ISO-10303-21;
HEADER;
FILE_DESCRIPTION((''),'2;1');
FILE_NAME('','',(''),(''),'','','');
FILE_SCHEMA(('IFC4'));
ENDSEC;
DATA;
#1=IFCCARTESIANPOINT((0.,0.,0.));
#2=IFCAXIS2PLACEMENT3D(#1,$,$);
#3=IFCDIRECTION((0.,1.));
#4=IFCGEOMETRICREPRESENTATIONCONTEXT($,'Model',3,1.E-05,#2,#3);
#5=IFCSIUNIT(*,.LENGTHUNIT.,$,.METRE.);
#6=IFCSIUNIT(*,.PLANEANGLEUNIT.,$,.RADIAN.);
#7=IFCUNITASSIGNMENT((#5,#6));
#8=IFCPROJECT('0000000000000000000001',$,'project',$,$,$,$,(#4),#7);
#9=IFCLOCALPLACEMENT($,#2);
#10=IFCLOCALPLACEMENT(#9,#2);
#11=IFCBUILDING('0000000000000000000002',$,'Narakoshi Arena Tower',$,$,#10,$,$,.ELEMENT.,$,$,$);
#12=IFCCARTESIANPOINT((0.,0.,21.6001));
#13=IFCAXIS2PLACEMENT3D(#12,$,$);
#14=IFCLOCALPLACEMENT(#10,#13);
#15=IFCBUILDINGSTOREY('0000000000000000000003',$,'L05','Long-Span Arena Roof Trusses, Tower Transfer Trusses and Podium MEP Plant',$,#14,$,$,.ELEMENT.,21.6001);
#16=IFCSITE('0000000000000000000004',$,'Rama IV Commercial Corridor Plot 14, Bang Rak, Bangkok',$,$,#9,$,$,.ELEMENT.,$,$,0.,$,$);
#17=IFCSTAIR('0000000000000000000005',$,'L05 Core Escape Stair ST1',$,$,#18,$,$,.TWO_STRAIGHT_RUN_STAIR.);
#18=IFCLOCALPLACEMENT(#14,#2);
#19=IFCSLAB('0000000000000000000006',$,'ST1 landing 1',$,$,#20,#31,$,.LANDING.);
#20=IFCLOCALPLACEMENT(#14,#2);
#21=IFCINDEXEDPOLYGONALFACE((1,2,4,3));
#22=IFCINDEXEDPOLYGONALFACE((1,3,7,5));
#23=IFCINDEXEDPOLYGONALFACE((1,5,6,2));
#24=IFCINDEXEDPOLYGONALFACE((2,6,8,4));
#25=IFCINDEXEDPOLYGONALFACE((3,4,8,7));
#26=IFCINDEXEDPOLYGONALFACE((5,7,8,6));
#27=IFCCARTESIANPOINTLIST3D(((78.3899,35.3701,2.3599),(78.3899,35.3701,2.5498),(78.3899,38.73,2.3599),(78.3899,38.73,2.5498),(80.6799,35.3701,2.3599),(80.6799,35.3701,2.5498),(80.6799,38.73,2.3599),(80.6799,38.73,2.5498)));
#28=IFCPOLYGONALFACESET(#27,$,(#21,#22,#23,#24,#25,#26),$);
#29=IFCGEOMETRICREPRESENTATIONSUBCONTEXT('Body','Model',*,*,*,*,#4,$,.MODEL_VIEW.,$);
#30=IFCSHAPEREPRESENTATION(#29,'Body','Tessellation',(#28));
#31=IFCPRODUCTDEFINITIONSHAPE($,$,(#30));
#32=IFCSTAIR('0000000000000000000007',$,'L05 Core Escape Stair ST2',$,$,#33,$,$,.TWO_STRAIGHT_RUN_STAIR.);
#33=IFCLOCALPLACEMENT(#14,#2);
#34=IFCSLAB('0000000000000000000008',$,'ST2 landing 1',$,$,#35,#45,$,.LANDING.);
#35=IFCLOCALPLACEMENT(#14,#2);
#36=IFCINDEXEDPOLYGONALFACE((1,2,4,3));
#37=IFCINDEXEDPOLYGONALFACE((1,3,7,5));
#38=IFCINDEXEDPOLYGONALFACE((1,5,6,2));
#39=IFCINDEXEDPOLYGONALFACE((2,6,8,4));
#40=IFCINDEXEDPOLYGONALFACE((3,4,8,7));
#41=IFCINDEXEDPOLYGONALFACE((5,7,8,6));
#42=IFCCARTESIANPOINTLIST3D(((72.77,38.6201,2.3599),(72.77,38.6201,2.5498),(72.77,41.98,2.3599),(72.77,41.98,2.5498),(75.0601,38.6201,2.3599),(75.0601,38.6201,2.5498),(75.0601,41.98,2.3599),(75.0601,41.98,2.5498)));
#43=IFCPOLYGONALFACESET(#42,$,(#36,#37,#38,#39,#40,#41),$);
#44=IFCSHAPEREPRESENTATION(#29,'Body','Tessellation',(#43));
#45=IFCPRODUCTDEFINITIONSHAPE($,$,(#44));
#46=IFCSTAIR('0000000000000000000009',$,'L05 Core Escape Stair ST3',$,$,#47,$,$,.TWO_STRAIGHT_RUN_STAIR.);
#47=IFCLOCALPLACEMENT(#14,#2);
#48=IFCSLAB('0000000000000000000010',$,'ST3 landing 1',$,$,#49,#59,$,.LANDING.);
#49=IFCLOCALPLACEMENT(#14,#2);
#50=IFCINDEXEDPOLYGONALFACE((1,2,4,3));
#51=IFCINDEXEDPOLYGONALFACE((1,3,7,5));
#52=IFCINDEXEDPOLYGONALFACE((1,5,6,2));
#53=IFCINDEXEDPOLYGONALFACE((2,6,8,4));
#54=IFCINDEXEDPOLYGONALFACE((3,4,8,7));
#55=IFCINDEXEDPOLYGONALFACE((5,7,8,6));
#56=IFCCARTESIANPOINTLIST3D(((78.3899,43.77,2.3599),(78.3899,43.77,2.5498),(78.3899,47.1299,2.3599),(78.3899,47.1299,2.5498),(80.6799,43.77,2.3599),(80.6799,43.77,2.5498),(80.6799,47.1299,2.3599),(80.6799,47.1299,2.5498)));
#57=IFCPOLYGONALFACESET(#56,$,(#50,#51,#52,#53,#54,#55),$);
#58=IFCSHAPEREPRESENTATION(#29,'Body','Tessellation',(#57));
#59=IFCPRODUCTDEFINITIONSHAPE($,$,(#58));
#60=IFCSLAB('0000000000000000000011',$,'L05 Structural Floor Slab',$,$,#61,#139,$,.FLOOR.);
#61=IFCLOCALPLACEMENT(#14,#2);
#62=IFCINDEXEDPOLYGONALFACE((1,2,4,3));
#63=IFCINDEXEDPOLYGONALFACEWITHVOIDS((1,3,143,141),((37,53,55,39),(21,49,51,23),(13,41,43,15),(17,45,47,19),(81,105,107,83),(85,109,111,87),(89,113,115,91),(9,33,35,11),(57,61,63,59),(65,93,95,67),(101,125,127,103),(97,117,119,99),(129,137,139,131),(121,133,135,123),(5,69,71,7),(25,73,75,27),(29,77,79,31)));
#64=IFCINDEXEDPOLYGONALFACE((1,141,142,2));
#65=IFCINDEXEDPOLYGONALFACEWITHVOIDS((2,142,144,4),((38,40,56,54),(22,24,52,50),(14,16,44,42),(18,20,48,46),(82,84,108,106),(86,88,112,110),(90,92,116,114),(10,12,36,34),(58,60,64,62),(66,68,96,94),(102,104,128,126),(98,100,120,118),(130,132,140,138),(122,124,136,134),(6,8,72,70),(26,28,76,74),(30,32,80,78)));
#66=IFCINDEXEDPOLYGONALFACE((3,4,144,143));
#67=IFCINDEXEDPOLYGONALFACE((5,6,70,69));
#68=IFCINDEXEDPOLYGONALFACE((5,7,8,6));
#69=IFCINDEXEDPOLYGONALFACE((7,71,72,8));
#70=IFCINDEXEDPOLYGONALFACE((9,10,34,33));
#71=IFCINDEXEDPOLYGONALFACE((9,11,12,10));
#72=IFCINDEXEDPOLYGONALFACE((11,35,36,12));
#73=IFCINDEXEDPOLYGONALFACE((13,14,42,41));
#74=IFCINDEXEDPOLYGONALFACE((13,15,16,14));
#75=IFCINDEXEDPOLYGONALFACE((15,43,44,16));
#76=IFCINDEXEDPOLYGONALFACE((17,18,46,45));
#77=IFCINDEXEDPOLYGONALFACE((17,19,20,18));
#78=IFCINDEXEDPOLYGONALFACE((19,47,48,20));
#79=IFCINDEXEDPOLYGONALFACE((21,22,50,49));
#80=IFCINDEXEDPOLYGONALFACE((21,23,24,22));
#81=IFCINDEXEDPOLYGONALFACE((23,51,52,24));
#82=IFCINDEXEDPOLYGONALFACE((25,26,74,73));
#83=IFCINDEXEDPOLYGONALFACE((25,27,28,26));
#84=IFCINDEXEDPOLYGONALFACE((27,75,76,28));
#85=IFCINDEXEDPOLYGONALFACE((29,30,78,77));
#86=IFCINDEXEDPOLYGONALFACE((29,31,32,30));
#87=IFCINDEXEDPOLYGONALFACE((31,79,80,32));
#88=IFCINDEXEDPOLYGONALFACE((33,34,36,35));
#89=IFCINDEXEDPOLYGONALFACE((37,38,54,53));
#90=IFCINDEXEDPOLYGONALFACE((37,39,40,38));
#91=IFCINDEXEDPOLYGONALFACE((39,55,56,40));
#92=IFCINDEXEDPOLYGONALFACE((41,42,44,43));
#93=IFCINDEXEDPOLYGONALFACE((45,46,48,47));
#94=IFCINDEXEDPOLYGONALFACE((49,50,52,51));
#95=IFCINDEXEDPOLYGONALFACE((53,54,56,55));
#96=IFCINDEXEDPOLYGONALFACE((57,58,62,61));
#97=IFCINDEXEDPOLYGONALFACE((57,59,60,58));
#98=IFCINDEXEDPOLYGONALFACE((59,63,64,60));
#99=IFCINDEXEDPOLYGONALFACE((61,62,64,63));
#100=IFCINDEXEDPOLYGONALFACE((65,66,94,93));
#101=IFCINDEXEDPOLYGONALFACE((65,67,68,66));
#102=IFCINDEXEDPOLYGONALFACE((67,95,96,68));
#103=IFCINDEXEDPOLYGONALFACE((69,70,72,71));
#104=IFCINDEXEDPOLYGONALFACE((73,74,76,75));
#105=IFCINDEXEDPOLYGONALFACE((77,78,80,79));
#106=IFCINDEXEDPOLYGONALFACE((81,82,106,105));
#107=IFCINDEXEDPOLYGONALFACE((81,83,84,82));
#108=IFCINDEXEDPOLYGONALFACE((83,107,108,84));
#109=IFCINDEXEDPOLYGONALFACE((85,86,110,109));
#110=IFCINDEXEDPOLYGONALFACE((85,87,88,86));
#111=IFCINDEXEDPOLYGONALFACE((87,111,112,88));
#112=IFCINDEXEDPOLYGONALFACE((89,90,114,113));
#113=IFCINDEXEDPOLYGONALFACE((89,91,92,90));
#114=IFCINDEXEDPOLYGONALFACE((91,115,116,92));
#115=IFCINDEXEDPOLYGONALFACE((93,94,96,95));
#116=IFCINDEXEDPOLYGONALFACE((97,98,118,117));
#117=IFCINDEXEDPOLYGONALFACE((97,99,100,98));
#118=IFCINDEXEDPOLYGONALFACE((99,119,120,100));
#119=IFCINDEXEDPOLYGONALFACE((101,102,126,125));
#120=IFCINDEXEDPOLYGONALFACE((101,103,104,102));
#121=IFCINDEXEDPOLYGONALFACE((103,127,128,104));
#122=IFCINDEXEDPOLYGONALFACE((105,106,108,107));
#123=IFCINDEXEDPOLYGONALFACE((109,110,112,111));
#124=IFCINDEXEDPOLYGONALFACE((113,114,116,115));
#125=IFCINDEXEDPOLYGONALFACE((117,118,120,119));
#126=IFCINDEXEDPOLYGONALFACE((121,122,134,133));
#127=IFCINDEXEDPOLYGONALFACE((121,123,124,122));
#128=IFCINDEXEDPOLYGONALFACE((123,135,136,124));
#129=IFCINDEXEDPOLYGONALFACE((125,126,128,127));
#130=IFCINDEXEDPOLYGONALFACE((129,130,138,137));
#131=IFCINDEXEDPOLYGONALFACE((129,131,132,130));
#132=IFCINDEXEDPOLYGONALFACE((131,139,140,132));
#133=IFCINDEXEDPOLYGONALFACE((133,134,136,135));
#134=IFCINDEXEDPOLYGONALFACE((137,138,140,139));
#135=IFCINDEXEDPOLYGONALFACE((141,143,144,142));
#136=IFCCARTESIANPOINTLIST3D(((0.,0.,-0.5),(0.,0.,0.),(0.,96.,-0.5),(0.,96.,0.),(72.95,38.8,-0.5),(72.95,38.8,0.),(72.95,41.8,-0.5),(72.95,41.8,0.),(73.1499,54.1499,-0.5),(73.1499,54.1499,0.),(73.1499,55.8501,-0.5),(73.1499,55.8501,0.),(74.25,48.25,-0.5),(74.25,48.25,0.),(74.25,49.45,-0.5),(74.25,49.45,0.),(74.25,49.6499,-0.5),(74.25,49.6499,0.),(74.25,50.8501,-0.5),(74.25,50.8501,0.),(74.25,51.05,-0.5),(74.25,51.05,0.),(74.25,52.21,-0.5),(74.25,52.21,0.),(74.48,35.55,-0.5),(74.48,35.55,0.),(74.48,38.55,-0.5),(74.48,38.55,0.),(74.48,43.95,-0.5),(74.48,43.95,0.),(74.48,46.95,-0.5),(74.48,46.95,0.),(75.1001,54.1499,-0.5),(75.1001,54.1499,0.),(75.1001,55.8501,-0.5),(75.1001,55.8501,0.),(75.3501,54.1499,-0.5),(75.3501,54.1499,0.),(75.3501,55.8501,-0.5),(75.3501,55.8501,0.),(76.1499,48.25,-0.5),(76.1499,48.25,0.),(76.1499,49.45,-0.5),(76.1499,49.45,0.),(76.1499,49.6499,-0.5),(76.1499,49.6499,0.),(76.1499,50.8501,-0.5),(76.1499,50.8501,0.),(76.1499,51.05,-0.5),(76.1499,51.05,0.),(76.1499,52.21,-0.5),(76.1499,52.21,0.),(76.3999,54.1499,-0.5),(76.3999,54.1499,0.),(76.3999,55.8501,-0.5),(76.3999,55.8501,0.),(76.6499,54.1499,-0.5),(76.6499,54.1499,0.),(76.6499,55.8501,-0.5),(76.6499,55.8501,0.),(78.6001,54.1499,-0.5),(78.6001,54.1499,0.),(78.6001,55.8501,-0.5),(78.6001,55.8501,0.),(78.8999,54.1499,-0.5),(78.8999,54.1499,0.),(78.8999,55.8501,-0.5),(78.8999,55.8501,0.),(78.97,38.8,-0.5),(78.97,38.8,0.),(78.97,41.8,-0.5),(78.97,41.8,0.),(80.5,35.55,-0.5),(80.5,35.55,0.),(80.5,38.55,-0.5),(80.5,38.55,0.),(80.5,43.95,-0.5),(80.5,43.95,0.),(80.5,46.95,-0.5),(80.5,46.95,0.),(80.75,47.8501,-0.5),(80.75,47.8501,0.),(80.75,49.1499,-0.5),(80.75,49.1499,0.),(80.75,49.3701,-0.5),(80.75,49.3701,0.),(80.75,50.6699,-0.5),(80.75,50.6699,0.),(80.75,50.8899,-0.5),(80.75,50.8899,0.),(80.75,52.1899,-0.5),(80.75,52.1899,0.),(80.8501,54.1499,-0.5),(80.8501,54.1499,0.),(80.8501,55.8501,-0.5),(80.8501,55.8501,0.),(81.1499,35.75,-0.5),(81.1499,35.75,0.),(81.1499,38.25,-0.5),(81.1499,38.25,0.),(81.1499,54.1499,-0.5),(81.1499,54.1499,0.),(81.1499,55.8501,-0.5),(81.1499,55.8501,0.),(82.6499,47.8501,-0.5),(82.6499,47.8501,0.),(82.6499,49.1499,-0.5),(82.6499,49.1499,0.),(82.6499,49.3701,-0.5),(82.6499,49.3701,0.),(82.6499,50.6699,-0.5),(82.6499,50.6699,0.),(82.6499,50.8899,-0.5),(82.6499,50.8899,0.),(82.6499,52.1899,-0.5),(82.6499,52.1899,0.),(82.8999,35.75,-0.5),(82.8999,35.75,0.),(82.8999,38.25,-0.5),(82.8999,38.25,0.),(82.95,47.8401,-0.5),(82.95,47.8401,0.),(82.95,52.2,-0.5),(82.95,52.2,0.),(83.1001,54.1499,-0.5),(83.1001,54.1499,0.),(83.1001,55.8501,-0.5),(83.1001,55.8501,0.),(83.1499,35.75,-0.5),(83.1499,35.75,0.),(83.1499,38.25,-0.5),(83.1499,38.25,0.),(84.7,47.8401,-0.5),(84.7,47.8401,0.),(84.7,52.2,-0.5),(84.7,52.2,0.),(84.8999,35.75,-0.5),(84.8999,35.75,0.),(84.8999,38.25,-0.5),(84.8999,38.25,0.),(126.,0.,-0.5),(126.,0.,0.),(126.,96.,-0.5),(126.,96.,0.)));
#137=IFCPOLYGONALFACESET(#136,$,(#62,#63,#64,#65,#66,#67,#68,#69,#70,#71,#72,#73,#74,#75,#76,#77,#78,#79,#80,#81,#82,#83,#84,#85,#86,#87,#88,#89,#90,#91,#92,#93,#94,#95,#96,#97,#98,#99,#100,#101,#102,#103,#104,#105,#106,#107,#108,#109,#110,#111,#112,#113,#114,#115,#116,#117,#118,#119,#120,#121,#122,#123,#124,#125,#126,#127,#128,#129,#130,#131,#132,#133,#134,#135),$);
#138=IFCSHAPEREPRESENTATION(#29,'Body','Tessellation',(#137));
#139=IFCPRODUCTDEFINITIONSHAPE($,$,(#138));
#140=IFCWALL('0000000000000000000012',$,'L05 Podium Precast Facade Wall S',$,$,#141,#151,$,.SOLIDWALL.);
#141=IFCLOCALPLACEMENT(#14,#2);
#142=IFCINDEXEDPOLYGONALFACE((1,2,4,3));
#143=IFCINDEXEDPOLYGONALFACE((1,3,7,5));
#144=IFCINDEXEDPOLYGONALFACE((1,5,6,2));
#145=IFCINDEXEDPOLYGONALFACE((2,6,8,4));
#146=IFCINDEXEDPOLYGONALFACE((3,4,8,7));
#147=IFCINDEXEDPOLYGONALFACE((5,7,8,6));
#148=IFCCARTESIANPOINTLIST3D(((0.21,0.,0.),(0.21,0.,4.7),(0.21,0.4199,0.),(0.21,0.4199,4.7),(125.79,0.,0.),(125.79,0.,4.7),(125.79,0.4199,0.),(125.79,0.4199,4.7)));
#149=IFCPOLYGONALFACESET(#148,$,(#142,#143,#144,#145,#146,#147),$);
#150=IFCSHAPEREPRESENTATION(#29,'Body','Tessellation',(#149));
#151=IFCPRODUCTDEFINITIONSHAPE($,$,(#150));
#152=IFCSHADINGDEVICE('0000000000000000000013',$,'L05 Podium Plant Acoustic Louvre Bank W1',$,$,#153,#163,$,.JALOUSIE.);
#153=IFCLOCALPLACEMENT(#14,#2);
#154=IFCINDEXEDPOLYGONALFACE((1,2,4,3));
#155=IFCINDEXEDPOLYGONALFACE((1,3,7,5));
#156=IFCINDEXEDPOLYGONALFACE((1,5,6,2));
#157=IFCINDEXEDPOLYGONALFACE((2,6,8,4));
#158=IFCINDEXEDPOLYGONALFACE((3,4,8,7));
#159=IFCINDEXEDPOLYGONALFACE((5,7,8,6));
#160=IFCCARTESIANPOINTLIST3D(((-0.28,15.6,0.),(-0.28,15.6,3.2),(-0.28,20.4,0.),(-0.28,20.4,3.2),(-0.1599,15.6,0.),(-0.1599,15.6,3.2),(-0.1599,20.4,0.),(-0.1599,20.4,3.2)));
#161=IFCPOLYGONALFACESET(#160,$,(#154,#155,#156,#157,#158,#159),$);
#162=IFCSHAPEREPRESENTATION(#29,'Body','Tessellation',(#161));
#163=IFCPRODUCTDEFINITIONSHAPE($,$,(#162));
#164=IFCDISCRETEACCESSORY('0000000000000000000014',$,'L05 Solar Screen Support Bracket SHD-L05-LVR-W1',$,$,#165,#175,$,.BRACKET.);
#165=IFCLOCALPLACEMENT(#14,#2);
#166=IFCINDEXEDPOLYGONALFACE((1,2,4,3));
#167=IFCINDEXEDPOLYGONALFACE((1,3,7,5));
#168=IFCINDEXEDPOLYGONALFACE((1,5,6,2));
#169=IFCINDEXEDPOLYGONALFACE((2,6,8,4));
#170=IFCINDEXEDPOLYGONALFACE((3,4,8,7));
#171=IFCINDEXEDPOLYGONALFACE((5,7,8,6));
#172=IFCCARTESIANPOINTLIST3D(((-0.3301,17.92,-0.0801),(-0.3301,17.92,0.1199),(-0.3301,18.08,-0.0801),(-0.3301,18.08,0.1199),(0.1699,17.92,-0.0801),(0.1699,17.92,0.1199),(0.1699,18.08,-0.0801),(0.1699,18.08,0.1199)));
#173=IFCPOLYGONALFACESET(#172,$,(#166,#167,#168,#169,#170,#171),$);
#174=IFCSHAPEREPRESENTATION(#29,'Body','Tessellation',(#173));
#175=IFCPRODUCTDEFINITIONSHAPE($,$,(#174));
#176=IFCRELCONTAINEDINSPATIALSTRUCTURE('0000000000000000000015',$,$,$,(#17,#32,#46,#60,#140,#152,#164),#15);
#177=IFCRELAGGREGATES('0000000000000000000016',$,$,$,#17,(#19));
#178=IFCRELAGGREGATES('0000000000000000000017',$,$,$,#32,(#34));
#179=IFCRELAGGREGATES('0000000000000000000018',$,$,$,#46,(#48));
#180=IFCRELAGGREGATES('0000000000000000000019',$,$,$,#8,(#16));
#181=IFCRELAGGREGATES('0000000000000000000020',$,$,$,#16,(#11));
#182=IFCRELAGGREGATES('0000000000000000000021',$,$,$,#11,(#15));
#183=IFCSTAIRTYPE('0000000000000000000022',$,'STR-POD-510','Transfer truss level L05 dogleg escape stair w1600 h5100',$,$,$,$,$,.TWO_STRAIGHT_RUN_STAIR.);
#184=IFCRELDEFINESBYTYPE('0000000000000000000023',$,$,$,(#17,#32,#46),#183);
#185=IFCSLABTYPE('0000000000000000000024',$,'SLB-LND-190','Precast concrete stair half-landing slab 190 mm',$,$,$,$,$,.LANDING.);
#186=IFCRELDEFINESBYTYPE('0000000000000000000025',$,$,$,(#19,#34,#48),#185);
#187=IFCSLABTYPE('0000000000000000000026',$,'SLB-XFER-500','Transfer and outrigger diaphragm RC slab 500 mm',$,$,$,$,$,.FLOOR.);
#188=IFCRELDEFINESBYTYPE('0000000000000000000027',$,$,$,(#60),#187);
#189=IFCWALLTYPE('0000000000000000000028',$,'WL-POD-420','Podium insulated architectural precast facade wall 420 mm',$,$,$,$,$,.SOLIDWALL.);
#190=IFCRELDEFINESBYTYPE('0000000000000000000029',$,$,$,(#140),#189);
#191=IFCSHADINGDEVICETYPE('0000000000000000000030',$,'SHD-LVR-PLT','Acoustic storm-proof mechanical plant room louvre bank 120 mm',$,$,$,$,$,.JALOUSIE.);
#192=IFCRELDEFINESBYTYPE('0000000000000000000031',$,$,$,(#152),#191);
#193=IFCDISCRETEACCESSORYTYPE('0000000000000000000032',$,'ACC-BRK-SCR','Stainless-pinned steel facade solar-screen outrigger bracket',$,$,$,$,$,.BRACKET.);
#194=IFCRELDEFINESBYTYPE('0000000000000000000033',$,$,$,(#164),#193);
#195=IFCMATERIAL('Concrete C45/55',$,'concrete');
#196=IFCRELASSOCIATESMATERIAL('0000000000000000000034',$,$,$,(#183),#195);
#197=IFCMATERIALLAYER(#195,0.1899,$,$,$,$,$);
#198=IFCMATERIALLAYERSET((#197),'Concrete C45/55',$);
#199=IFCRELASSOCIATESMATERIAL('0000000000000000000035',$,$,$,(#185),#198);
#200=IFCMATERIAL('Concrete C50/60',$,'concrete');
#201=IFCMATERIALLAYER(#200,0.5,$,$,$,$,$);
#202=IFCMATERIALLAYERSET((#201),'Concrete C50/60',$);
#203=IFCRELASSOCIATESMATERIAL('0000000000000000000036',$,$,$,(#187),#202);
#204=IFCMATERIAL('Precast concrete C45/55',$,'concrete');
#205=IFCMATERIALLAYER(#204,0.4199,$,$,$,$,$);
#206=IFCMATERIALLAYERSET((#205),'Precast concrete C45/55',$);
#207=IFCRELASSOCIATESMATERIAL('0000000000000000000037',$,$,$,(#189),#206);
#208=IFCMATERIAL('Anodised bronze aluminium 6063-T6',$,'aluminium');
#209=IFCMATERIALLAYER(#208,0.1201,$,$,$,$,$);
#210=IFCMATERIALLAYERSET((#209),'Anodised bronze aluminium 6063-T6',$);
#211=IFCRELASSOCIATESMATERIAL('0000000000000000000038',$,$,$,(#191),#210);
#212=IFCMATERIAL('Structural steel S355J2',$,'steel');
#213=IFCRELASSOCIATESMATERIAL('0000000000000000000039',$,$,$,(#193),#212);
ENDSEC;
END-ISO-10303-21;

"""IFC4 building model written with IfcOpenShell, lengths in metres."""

from ifc_helpers import new_model, si_unit, direction, frame, frame_2d, origin, origin_2d, place, context, subcontext, project, spatial, polyline, rectangle, outline, extrude, material, layer, layer_set, type_object, element, aggregate, save


model = new_model("IFC4")

# Units and contexts
model_context = context("Model", 3, precision=1e-05, world=origin(), true_north=direction((0.0, 1.0)))
body_context = subcontext(model_context, "Body", "Model", "MODEL_VIEW")
ifc_project = project(units=[si_unit("LENGTHUNIT", "METRE"), si_unit("PLANEANGLEUNIT", "RADIAN")], contexts=[model_context])

# Site, building, storey
site_placement = place(None, origin())
site = spatial("IfcSite", under=ifc_project, at=site_placement, Name="Rama IV Commercial Corridor Plot 14, Bang Rak, Bangkok", CompositionType="ELEMENT", RefElevation=0.0)
building_placement = place(site_placement, origin())
building = spatial("IfcBuilding", under=site, at=building_placement, Name="Narakoshi Arena Tower", CompositionType="ELEMENT")
storey_placement = place(building_placement, frame((0.0, 0.0, 21.6001)))
storey = spatial("IfcBuildingStorey", under=building, at=storey_placement, Name="L05", Description="Long-Span Arena Roof Trusses, Tower Transfer Trusses and Podium MEP Plant", CompositionType="ELEMENT", Elevation=21.6001)

# Shared definitions
ifc_material_1 = material(Name="Structural steel S355J2", Category="steel")

# Stairs, slabs
ifc_material_2 = material(Name="Concrete C45/55", Category="concrete")
stair_type = type_object("IfcStairType", Name="STR-POD-510", Description="Transfer truss level L05 dogleg escape stair w1600 h5100", PredefinedType="TWO_STRAIGHT_RUN_STAIR", material=ifc_material_2)
stair_1_placement = place(storey_placement, origin())
stair_1 = element("IfcStair", 1, at=stair_1_placement, inside=storey, type_object=stair_type, Name="L05 Core Escape Stair ST1", PredefinedType="TWO_STRAIGHT_RUN_STAIR")
ifc_layer_1 = layer(ifc_material_2, 0.1899)
ifc_layer_set_1 = layer_set([ifc_layer_1], Name="Concrete C45/55")
slab_type_1 = type_object("IfcSlabType", Name="SLB-LND-190", Description="Precast concrete stair half-landing slab 190 mm", PredefinedType="LANDING", material=ifc_layer_set_1)
slab_1_placement = place(storey_placement, frame((0.0, 0.0, 2.3599)))
slab_1 = element("IfcSlab", 2, at=slab_1_placement, type_object=slab_type_1, Name="ST1 landing 1", PredefinedType="LANDING", context=body_context, shape_type="SweptSolid", body=[
    extrude(outline(polyline([(78.3899, 35.3701), (80.6799, 35.3701), (80.6799, 38.73), (78.3899, 38.73), (78.3899, 35.3701)])), origin(), (0.0, 0.0, 1.0), 0.1899),
])
aggregate(stair_1, [slab_1])
stair_2_placement = place(storey_placement, origin())
stair_2 = element("IfcStair", 3, at=stair_2_placement, inside=storey, type_object=stair_type, Name="L05 Core Escape Stair ST2", PredefinedType="TWO_STRAIGHT_RUN_STAIR")
slab_2_placement = place(storey_placement, frame((0.0, 0.0, 2.3599)))
slab_2 = element("IfcSlab", 4, at=slab_2_placement, type_object=slab_type_1, Name="ST2 landing 1", PredefinedType="LANDING", context=body_context, shape_type="SweptSolid", body=[
    extrude(outline(polyline([(72.77, 38.6201), (75.0601, 38.6201), (75.0601, 41.98), (72.77, 41.98), (72.77, 38.6201)])), origin(), (0.0, 0.0, 1.0), 0.1899),
])
aggregate(stair_2, [slab_2])
stair_3_placement = place(storey_placement, origin())
stair_3 = element("IfcStair", 5, at=stair_3_placement, inside=storey, type_object=stair_type, Name="L05 Core Escape Stair ST3", PredefinedType="TWO_STRAIGHT_RUN_STAIR")
slab_3_placement = place(storey_placement, frame((0.0, 0.0, 2.3599)))
slab_3 = element("IfcSlab", 6, at=slab_3_placement, type_object=slab_type_1, Name="ST3 landing 1", PredefinedType="LANDING", context=body_context, shape_type="SweptSolid", body=[
    extrude(outline(polyline([(78.3899, 43.77), (80.6799, 43.77), (80.6799, 47.1299), (78.3899, 47.1299), (78.3899, 43.77)])), origin(), (0.0, 0.0, 1.0), 0.1899),
])
aggregate(stair_3, [slab_3])

# Slab
ifc_material_3 = material(Name="Concrete C50/60", Category="concrete")
ifc_layer_2 = layer(ifc_material_3, 0.5)
ifc_layer_set_2 = layer_set([ifc_layer_2], Name="Concrete C50/60")
slab_type_2 = type_object("IfcSlabType", Name="SLB-XFER-500", Description="Transfer and outrigger diaphragm RC slab 500 mm", PredefinedType="FLOOR", material=ifc_layer_set_2)
slab_4_placement = place(storey_placement, frame((0.0, 0.0, -0.5)))
element("IfcSlab", 7, at=slab_4_placement, inside=storey, type_object=slab_type_2, Name="L05 Structural Floor Slab", PredefinedType="FLOOR", context=body_context, shape_type="SweptSolid", body=[
    extrude(outline(polyline([(0.0, 0.0), (126.0, 0.0), (126.0, 96.0), (0.0, 96.0), (0.0, 0.0)]), holes=[polyline([(74.48, 35.55), (74.48, 38.55), (80.5, 38.55), (80.5, 35.55), (74.48, 35.55)]), polyline([(81.1499, 35.75), (81.1499, 38.25), (82.8999, 38.25), (82.8999, 35.75), (81.1499, 35.75)]), polyline([(83.1499, 35.75), (83.1499, 38.25), (84.8999, 38.25), (84.8999, 35.75), (83.1499, 35.75)]), polyline([(72.95, 38.8), (72.95, 41.8), (78.97, 41.8), (78.97, 38.8), (72.95, 38.8)]), polyline([(74.48, 43.95), (74.48, 46.95), (80.5, 46.95), (80.5, 43.95), (74.48, 43.95)]), polyline([(82.95, 47.8401), (82.95, 52.2), (84.7, 52.2), (84.7, 47.8401), (82.95, 47.8401)]), polyline([(80.75, 47.8501), (80.75, 49.1499), (82.6499, 49.1499), (82.6499, 47.8501), (80.75, 47.8501)]), polyline([(74.25, 48.25), (74.25, 49.45), (76.1499, 49.45), (76.1499, 48.25), (74.25, 48.25)]), polyline([(80.75, 49.3701), (80.75, 50.6699), (82.6499, 50.6699), (82.6499, 49.3701), (80.75, 49.3701)]), polyline([(74.25, 49.6499), (74.25, 50.8501), (76.1499, 50.8501), (76.1499, 49.6499), (74.25, 49.6499)]), polyline([(80.75, 50.8899), (80.75, 52.1899), (82.6499, 52.1899), (82.6499, 50.8899), (80.75, 50.8899)]), polyline([(74.25, 51.05), (74.25, 52.21), (76.1499, 52.21), (76.1499, 51.05), (74.25, 51.05)]), polyline([(73.1499, 54.1499), (73.1499, 55.8501), (75.1001, 55.8501), (75.1001, 54.1499), (73.1499, 54.1499)]), polyline([(75.3501, 54.1499), (75.3501, 55.8501), (76.3999, 55.8501), (76.3999, 54.1499), (75.3501, 54.1499)]), polyline([(76.6499, 54.1499), (76.6499, 55.8501), (78.6001, 55.8501), (78.6001, 54.1499), (76.6499, 54.1499)]), polyline([(78.8999, 55.8501), (80.8501, 55.8501), (80.8501, 54.1499), (78.8999, 54.1499), (78.8999, 55.8501)]), polyline([(81.1499, 55.8501), (83.1001, 55.8501), (83.1001, 54.1499), (81.1499, 54.1499), (81.1499, 55.8501)])]), origin(), (0.0, 0.0, 1.0), 0.5),
])

# Wall
ifc_material_4 = material(Name="Precast concrete C45/55", Category="concrete")
ifc_layer_3 = layer(ifc_material_4, 0.4199)
ifc_layer_set_3 = layer_set([ifc_layer_3], Name="Precast concrete C45/55")
wall_type = type_object("IfcWallType", Name="WL-POD-420", Description="Podium insulated architectural precast facade wall 420 mm", PredefinedType="SOLIDWALL", material=ifc_layer_set_3)
wall_placement = place(storey_placement, frame((0.21, 0.21, 0.0), z_axis=(0.0, 0.0, 1.0), x_axis=(1.0, 0.0, 0.0)))
element("IfcWall", 8, at=wall_placement, inside=storey, type_object=wall_type, Name="L05 Podium Precast Facade Wall S", PredefinedType="SOLIDWALL", context=body_context, shape_type="SweptSolid", body=[
    extrude(rectangle(XDim=125.5801, YDim=0.4199, at=frame_2d((62.79, 0.0))), origin(), (0.0, 0.0, 1.0), 4.7),
])

# Shading device
ifc_material_5 = material(Name="Anodised bronze aluminium 6063-T6", Category="aluminium")
ifc_layer_4 = layer(ifc_material_5, 0.1201)
ifc_layer_set_4 = layer_set([ifc_layer_4], Name="Anodised bronze aluminium 6063-T6")
shading_device_type = type_object("IfcShadingDeviceType", Name="SHD-LVR-PLT", Description="Acoustic storm-proof mechanical plant room louvre bank 120 mm", PredefinedType="JALOUSIE", material=ifc_layer_set_4)
shading_device_placement = place(storey_placement, frame((-0.22, 18.0, 0.0), z_axis=(0.0, 0.0, 1.0), x_axis=(0.0, 1.0, 0.0)))
element("IfcShadingDevice", 9, at=shading_device_placement, inside=storey, type_object=shading_device_type, Name="L05 Podium Plant Acoustic Louvre Bank W1", PredefinedType="JALOUSIE", context=body_context, shape_type="SweptSolid", body=[
    extrude(rectangle(XDim=4.8, YDim=0.1201, at=origin_2d()), origin(), (0.0, 0.0, 1.0), 3.2),
])

# Discrete accessory
discrete_accessory_type = type_object("IfcDiscreteAccessoryType", Name="ACC-BRK-SCR", Description="Stainless-pinned steel facade solar-screen outrigger bracket", PredefinedType="BRACKET", material=ifc_material_1)
discrete_accessory_placement = place(storey_placement, frame((-0.0801, 18.0, -0.0801), z_axis=(0.0, 0.0, 1.0), x_axis=(0.0, 1.0, 0.0)))
element("IfcDiscreteAccessory", 10, at=discrete_accessory_placement, inside=storey, type_object=discrete_accessory_type, Name="L05 Solar Screen Support Bracket SHD-L05-LVR-W1", PredefinedType="BRACKET", context=body_context, shape_type="SweptSolid", body=[
    extrude(rectangle(XDim=0.1599, YDim=0.5, at=origin_2d()), origin(), (0.0, 0.0, 1.0), 0.2),
])

save(model, "model.ifc")
